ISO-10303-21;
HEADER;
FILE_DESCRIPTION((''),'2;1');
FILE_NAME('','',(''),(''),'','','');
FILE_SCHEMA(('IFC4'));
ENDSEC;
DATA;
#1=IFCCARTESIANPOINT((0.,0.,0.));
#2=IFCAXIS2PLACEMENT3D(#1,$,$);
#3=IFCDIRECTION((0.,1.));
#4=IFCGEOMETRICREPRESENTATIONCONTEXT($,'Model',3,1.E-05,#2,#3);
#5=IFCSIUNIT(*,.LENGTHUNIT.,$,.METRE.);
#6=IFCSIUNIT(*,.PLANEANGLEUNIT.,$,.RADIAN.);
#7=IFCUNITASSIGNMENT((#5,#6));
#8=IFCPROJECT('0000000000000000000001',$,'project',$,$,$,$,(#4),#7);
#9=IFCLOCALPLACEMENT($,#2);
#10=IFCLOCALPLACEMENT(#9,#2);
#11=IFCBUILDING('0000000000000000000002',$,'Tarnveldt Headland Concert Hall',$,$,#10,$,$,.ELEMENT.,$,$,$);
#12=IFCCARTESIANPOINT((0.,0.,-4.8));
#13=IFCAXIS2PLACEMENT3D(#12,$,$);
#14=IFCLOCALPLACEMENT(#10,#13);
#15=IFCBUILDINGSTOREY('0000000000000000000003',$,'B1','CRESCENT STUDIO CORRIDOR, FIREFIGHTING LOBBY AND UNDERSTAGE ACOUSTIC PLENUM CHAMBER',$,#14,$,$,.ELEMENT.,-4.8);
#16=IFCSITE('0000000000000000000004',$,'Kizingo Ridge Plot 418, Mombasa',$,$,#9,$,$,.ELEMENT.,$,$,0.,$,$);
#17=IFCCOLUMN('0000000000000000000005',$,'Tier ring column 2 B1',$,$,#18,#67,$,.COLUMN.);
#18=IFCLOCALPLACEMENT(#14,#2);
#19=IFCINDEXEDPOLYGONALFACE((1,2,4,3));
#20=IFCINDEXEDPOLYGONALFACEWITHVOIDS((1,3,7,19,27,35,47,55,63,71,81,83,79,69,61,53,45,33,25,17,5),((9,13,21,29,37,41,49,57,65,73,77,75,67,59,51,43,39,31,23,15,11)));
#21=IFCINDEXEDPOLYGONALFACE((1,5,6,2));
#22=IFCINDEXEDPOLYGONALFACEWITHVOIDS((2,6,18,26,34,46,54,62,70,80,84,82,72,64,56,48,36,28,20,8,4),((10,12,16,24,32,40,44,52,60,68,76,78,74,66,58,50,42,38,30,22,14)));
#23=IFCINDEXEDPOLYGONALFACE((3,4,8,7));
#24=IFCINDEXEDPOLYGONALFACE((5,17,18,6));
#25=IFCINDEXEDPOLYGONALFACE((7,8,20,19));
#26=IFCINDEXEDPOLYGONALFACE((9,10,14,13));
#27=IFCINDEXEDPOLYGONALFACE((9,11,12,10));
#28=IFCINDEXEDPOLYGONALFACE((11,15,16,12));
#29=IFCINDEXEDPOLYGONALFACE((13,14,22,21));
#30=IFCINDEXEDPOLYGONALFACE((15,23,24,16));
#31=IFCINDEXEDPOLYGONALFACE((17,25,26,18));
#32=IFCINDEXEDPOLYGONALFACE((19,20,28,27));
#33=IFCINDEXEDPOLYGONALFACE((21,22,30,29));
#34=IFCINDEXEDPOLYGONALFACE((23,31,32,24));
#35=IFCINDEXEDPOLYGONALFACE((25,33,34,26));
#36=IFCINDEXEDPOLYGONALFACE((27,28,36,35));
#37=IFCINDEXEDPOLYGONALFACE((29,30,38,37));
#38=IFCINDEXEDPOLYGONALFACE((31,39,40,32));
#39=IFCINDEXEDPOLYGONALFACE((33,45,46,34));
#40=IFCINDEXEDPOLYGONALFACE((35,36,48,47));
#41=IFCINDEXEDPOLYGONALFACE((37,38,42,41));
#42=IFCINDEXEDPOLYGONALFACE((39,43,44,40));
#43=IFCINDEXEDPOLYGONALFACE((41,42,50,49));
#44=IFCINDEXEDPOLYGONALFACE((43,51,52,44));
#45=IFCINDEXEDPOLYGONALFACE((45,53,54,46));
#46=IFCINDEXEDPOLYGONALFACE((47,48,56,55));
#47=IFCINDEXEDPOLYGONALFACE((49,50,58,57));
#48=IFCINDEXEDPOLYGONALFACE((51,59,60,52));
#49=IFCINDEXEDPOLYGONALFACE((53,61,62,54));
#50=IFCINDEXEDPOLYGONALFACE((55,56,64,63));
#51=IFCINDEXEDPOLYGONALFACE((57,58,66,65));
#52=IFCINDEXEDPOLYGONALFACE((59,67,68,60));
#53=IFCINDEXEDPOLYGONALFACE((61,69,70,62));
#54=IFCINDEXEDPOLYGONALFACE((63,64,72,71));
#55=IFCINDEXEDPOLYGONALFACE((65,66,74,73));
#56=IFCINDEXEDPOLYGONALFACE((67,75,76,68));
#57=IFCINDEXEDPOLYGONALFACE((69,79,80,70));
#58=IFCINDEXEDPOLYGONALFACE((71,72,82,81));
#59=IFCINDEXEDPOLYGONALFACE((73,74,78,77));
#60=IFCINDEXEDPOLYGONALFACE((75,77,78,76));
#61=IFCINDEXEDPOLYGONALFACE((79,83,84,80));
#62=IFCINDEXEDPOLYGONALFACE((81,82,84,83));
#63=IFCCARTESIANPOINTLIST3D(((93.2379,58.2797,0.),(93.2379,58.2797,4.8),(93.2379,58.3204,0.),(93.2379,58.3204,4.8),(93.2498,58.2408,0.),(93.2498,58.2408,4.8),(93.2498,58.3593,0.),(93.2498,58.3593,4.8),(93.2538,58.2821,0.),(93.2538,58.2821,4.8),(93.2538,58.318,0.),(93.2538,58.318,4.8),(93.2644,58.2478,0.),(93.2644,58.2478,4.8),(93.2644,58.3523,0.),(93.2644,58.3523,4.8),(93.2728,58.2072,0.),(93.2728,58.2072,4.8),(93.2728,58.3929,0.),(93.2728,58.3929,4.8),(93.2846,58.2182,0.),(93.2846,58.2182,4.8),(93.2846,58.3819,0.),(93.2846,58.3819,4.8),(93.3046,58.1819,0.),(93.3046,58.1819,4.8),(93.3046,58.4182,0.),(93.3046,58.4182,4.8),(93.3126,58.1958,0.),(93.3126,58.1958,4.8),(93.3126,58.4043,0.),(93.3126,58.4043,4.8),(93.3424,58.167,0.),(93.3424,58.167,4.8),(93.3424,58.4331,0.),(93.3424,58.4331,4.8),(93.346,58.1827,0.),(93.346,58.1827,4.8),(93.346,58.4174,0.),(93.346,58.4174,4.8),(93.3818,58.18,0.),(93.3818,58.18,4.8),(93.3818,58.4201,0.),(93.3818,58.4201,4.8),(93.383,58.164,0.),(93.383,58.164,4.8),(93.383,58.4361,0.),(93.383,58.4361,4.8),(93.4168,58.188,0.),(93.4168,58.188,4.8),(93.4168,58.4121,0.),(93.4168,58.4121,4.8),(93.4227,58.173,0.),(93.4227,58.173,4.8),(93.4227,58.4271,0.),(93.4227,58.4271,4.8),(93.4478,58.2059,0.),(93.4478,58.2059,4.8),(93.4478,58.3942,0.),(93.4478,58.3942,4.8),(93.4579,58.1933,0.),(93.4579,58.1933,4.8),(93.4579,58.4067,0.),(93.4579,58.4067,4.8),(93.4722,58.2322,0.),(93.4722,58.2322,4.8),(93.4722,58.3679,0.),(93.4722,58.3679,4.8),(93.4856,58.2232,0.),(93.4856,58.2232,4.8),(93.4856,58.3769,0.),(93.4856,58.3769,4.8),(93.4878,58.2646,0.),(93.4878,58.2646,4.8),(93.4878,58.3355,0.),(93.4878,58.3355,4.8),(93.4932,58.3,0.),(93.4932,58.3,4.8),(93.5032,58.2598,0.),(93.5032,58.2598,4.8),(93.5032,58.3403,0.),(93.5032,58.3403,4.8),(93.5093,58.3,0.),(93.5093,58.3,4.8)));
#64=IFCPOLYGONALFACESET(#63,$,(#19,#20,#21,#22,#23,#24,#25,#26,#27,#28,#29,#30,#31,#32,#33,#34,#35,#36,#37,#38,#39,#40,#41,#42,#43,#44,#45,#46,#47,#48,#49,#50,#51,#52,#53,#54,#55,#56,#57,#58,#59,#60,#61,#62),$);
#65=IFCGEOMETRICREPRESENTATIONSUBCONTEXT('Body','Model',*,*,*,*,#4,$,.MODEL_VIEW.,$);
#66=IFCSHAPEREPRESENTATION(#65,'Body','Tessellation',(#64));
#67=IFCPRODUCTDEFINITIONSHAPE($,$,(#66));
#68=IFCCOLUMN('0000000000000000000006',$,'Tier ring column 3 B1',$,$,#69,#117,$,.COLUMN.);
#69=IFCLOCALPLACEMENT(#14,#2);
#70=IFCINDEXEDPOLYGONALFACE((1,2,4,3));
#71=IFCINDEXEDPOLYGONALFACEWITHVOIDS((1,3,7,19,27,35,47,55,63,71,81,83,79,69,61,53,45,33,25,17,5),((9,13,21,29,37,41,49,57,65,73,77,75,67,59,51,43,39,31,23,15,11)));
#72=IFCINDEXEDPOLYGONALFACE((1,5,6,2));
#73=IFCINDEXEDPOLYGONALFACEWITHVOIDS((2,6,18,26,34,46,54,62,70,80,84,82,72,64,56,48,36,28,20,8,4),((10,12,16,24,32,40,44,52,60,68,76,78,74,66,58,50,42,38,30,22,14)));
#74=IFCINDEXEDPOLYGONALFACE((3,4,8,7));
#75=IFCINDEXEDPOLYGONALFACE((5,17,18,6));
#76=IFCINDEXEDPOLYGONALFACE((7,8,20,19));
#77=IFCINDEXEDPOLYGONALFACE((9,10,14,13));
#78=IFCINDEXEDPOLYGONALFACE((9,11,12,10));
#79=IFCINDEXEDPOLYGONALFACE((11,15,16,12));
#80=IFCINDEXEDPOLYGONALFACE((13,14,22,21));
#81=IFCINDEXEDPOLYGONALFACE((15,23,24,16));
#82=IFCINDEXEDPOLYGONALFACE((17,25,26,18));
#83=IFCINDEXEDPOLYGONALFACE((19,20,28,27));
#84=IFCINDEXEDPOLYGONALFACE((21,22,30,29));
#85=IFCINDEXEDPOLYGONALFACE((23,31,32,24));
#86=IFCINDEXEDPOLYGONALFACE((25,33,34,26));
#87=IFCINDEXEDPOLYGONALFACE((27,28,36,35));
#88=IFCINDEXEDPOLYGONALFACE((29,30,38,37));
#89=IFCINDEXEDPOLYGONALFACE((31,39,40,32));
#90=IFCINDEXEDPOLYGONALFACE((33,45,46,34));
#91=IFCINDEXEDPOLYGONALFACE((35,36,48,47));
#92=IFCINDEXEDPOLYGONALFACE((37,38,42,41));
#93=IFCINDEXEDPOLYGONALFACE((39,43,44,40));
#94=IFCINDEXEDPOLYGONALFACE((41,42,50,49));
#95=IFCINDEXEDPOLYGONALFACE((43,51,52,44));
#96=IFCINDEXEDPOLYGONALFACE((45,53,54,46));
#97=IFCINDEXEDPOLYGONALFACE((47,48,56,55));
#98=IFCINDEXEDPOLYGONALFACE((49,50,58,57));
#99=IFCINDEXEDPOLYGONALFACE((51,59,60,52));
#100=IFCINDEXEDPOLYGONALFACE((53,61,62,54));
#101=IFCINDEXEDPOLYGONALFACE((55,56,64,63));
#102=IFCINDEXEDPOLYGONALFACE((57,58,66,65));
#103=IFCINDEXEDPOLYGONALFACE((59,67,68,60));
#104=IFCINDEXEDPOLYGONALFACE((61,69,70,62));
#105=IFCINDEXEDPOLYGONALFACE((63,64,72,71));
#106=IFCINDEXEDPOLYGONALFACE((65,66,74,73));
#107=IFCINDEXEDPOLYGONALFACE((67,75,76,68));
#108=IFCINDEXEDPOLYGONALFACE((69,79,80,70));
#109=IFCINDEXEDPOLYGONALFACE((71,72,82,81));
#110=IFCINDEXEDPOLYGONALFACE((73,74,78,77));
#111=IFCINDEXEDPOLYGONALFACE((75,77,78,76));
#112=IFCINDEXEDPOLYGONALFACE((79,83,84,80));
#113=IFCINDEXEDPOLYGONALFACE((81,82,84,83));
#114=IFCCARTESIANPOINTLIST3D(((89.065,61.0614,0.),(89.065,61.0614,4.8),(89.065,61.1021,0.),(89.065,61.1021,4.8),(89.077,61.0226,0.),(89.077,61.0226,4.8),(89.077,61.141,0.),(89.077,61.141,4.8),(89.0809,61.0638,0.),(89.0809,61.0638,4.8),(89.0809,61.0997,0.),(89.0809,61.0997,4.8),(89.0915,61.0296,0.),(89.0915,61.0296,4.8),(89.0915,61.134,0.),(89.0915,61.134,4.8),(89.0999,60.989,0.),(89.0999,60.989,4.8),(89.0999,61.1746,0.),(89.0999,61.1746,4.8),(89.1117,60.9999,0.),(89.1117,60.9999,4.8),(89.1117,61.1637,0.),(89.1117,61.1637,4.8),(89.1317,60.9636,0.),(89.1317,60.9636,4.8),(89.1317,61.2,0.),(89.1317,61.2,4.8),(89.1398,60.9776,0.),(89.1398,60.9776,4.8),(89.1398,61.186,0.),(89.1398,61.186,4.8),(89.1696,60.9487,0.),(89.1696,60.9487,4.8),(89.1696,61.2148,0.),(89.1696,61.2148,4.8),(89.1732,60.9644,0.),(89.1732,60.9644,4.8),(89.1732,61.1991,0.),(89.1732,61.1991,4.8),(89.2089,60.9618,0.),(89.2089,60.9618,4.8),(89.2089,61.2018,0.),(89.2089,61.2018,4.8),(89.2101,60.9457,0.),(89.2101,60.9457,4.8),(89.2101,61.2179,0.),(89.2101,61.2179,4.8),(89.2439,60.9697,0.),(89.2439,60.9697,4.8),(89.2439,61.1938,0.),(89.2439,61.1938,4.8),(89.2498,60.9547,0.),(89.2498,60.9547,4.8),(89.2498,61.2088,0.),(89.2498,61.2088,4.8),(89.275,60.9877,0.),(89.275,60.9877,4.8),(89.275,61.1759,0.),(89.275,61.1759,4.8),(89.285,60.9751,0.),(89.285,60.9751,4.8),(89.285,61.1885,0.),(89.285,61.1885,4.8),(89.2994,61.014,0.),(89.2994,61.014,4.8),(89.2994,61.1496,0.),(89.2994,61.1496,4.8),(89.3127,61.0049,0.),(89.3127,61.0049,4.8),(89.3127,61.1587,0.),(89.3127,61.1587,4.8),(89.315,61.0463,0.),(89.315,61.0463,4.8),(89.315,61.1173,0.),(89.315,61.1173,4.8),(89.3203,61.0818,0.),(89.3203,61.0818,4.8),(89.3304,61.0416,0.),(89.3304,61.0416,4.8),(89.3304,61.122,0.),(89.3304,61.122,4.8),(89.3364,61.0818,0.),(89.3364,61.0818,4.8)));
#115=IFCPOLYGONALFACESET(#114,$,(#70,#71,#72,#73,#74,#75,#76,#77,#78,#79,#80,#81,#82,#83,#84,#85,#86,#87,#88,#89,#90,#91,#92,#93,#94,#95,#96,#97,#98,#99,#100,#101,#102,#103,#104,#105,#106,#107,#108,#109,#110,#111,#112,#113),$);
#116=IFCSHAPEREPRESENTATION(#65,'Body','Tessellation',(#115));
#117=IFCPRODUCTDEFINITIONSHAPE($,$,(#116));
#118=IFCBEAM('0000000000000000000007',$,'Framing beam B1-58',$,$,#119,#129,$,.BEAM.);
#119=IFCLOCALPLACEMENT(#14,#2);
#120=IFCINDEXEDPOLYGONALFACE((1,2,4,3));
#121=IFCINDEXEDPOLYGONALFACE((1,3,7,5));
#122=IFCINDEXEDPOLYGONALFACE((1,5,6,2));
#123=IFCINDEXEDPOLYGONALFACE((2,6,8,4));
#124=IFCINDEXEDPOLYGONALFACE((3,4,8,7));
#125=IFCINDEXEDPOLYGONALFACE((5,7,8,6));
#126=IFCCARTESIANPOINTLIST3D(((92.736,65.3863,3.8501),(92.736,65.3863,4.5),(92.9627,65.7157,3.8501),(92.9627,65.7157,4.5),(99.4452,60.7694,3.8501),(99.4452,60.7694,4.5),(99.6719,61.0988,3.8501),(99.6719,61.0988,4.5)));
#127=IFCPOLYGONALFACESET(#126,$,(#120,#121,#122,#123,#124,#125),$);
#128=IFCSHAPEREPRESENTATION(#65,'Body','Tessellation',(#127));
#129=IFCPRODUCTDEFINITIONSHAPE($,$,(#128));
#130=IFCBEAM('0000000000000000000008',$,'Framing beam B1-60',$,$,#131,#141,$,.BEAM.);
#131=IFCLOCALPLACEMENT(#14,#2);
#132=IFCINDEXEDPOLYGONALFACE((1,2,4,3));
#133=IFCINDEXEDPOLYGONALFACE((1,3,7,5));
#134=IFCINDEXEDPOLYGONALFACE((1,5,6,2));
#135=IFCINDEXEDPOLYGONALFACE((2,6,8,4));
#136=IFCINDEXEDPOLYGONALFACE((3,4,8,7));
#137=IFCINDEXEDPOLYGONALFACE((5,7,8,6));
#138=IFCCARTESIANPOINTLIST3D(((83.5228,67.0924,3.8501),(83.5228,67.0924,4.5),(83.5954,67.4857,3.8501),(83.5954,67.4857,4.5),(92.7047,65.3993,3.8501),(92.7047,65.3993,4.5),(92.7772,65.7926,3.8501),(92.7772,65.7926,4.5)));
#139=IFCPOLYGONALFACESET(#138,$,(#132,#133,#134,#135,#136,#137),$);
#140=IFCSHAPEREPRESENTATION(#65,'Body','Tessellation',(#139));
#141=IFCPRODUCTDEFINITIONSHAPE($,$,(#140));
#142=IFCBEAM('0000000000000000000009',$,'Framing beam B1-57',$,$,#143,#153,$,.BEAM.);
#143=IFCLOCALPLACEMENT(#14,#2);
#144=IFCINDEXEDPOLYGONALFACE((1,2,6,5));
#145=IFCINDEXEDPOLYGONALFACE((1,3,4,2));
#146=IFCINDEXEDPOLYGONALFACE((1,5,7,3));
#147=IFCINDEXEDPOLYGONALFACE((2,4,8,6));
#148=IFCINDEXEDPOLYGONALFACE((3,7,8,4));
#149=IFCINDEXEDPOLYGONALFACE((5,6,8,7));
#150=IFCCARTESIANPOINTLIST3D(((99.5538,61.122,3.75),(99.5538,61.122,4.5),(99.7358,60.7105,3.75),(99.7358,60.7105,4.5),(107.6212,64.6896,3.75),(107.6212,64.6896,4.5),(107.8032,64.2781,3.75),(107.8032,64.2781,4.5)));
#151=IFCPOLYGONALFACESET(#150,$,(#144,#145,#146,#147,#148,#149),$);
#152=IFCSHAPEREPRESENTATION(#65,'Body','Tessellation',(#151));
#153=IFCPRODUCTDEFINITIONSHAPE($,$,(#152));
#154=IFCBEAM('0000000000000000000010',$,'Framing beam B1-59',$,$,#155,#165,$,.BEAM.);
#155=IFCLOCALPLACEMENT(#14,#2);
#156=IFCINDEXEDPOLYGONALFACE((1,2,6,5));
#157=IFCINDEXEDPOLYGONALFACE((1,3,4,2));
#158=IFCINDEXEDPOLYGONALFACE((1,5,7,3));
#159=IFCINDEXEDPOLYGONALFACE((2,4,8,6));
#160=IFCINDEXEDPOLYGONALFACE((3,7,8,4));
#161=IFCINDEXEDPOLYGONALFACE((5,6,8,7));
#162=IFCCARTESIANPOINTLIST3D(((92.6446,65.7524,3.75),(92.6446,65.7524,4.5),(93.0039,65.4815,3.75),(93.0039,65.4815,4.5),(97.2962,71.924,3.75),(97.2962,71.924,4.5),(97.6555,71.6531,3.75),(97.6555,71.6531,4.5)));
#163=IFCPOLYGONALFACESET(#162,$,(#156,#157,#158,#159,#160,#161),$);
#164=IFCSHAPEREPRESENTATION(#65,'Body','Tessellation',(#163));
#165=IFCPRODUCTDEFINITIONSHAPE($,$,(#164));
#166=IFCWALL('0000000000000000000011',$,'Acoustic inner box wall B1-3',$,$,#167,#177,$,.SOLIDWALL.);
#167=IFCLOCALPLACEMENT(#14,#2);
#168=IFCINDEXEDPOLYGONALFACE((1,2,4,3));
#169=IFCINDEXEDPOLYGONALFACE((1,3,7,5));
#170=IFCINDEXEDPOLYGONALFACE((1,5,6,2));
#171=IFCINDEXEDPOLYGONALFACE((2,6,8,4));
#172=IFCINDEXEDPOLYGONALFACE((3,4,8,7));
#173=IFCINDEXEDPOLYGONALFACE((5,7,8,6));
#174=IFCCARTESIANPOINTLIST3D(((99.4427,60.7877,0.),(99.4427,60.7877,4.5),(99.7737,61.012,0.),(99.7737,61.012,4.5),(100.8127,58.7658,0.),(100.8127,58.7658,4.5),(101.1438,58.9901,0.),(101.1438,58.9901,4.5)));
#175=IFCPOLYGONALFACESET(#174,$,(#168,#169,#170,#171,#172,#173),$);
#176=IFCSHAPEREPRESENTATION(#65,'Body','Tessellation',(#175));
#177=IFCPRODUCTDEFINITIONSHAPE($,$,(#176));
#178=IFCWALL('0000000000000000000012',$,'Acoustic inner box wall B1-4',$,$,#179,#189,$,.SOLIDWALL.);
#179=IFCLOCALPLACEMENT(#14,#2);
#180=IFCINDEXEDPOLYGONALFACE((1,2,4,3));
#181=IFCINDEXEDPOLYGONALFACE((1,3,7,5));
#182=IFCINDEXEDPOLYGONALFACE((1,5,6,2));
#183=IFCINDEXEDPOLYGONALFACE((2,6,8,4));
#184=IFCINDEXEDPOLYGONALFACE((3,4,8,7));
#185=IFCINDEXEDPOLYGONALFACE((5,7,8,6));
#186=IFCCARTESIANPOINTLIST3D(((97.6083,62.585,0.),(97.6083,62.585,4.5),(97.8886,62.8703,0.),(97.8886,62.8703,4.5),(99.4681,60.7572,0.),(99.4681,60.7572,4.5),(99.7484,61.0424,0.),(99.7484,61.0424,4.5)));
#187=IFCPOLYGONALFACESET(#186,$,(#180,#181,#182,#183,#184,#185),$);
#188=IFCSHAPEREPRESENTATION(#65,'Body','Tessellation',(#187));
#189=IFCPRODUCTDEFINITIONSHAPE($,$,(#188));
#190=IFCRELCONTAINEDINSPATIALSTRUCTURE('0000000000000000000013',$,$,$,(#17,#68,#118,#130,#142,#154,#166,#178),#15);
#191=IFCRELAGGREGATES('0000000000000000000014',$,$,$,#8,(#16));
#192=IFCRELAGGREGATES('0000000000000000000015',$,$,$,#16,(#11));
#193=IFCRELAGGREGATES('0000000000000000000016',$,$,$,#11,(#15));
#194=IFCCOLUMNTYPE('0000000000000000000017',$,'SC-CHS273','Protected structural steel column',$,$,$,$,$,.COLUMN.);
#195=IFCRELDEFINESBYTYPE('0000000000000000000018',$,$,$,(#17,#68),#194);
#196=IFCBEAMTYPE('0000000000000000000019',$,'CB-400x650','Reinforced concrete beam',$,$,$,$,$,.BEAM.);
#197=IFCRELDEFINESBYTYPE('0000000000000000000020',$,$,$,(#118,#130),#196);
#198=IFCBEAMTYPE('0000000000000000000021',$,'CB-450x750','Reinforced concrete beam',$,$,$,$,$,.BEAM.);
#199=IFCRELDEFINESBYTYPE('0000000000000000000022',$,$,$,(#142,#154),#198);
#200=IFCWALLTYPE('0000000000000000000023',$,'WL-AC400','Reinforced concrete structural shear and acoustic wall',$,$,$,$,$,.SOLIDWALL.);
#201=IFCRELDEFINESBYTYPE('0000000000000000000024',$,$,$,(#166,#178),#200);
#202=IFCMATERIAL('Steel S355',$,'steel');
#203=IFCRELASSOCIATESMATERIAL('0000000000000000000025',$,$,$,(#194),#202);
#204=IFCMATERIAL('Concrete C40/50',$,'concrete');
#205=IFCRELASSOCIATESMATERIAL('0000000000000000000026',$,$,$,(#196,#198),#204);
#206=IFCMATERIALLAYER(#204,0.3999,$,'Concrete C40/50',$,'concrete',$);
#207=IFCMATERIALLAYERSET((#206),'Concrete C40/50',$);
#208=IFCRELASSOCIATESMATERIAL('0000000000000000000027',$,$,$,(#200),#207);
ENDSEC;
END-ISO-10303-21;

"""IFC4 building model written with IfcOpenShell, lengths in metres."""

from ifc_helpers import new_model, si_unit, direction, frame, frame_2d, origin, origin_2d, place, context, subcontext, project, spatial, rectangle, hollow_circle, extrude, material, layer, layer_set, material_profile, profile_set, type_object, element, save


model = new_model("IFC4")

# Units and contexts
model_context = context("Model", 3, precision=1e-05, world=origin(), true_north=direction((0.0, 1.0)))
body_context = subcontext(model_context, "Body", "Model", "MODEL_VIEW")
ifc_project = project(units=[si_unit("LENGTHUNIT", "METRE"), si_unit("PLANEANGLEUNIT", "RADIAN")], contexts=[model_context])

# Site, building, storey
site_placement = place(None, origin())
site = spatial("IfcSite", under=ifc_project, at=site_placement, Name="Kizingo Ridge Plot 418, Mombasa", CompositionType="ELEMENT", RefElevation=0.0)
building_placement = place(site_placement, origin())
building = spatial("IfcBuilding", under=site, at=building_placement, Name="Tarnveldt Headland Concert Hall", CompositionType="ELEMENT")
storey_placement = place(building_placement, frame((0.0, 0.0, -4.8)))
storey = spatial("IfcBuildingStorey", under=building, at=storey_placement, Name="B1", Description="CRESCENT STUDIO CORRIDOR, FIREFIGHTING LOBBY AND UNDERSTAGE ACOUSTIC PLENUM CHAMBER", CompositionType="ELEMENT", Elevation=-4.8)

# Shared definitions
ifc_material_1 = material(Name="Concrete C40/50", Category="concrete")

# Columns
ifc_material_2 = material(Name="Steel S355", Category="steel")
ifc_material_profile_1 = material_profile(ifc_material_2, hollow_circle(Radius=0.1365, WallThickness=0.0161, at=origin_2d()), Name="CHS 273x16", Category="steel")
ifc_profile_set_1 = profile_set([ifc_material_profile_1], Name="Steel S355")
column_type_1 = type_object("IfcColumnType", Name="SC-CHS273", Description="Protected structural steel column", PredefinedType="COLUMN", material=ifc_profile_set_1)
for number, where, z_axis, x_axis, name in (
    (1, (93.3728, 58.3, 0.0), (0.0, 0.0, 1.0), (1.0, 0.0, 0.0), "Tier ring column 2 B1"),
    (2, (89.2, 61.0818, 0.0), (0.0, 0.0, 1.0), (1.0, 0.0, 0.0), "Tier ring column 3 B1"),
):
    element("IfcColumn", number, at=place(storey_placement, frame(where, z_axis=z_axis, x_axis=x_axis)), inside=storey, type_object=column_type_1, Name=name, PredefinedType="COLUMN", context=body_context, shape_type="SweptSolid", body=[
        extrude(hollow_circle(Radius=0.1365, WallThickness=0.0161, at=origin_2d()), origin(), (0.0, 0.0, 1.0), 4.8),
    ])

# Beams
ifc_material_profile_2 = material_profile(ifc_material_1, rectangle(XDim=0.3999, YDim=0.6499, at=origin_2d()), Name="RC 400x650", Category="concrete")
ifc_profile_set_2 = profile_set([ifc_material_profile_2], Name="Concrete C40/50")
beam_type_1 = type_object("IfcBeamType", Name="CB-400x650", Description="Reinforced concrete beam", PredefinedType="BEAM", material=ifc_profile_set_2)
beam_1_placement = place(storey_placement, frame((99.5586, 60.9341, 4.175), z_axis=(-0.823793, 0.566891, 0.0), x_axis=(-0.566891, -0.823793, 0.0)))
element("IfcBeam", 3, at=beam_1_placement, inside=storey, type_object=beam_type_1, Name="Framing beam B1-58", PredefinedType="BEAM", context=body_context, shape_type="SweptSolid", body=[
    extrude(rectangle(XDim=0.3999, YDim=0.6499, at=origin_2d()), origin(), (0.0, 0.0, 1.0), 8.1443),
])
beam_2_placement = place(storey_placement, frame((92.741, 65.5959, 4.175), z_axis=(-0.98342, 0.18134, 0.0), x_axis=(-0.18134, -0.98342, 0.0)))
element("IfcBeam", 4, at=beam_2_placement, inside=storey, type_object=beam_type_1, Name="Framing beam B1-60", PredefinedType="BEAM", context=body_context, shape_type="SweptSolid", body=[
    extrude(rectangle(XDim=0.3999, YDim=0.6499, at=origin_2d()), origin(), (0.0, 0.0, 1.0), 9.3367),
])
ifc_material_profile_3 = material_profile(ifc_material_1, rectangle(XDim=0.45, YDim=0.75, at=origin_2d()), Name="RC 450x750", Category="concrete")
ifc_profile_set_3 = profile_set([ifc_material_profile_3], Name="Concrete C40/50")
beam_type_2 = type_object("IfcBeamType", Name="CB-450x750", Description="Reinforced concrete beam", PredefinedType="BEAM", material=ifc_profile_set_3)
beam_3_placement = place(storey_placement, frame((99.6448, 60.9163, 4.125), z_axis=(0.914562, 0.404445, 0.0), x_axis=(-0.404445, 0.914562, 0.0)))
element("IfcBeam", 5, at=beam_3_placement, inside=storey, type_object=beam_type_2, Name="Framing beam B1-57", PredefinedType="BEAM", context=body_context, shape_type="SweptSolid", body=[
    extrude(rectangle(XDim=0.45, YDim=0.75, at=origin_2d()), origin(), (0.0, 0.0, 1.0), 8.821),
])
beam_4_placement = place(storey_placement, frame((92.8242, 65.6169, 4.125), z_axis=(0.601894, 0.798576, 0.0), x_axis=(-0.798576, 0.601894, 0.0)))
element("IfcBeam", 6, at=beam_4_placement, inside=storey, type_object=beam_type_2, Name="Framing beam B1-59", PredefinedType="BEAM", context=body_context, shape_type="SweptSolid", body=[
    extrude(rectangle(XDim=0.45, YDim=0.75, at=origin_2d()), origin(), (0.0, 0.0, 1.0), 7.7283),
])

# Walls
ifc_layer = layer(ifc_material_1, 0.3999, Name="Concrete C40/50", Category="concrete")
ifc_layer_set = layer_set([ifc_layer], Name="Concrete C40/50")
wall_type = type_object("IfcWallType", Name="WL-AC400", Description="Reinforced concrete structural shear and acoustic wall", PredefinedType="SOLIDWALL", material=ifc_layer_set)
wall_1_placement = place(storey_placement, frame((100.9783, 58.8779, 0.0), z_axis=(0.0, 0.0, 1.0), x_axis=(-0.560959, 0.827844, 0.0)))
element("IfcWall", 7, at=wall_1_placement, inside=storey, type_object=wall_type, Name="Acoustic inner box wall B1-3", PredefinedType="SOLIDWALL", context=body_context, shape_type="SweptSolid", body=[
    extrude(rectangle(XDim=2.4424, YDim=0.3999, at=frame_2d((1.2212, 0.0))), origin(), (0.0, 0.0, 1.0), 4.5),
])
wall_2_placement = place(storey_placement, frame((99.6082, 60.8999, 0.0), z_axis=(0.0, 0.0, 1.0), x_axis=(-0.713212, 0.700948, 0.0)))
element("IfcWall", 8, at=wall_2_placement, inside=storey, type_object=wall_type, Name="Acoustic inner box wall B1-4", PredefinedType="SOLIDWALL", context=body_context, shape_type="SweptSolid", body=[
    extrude(rectangle(XDim=2.6077, YDim=0.3999, at=frame_2d((1.3037, 0.0))), origin(), (0.0, 0.0, 1.0), 4.5),
])

save(model, "model.ifc")
